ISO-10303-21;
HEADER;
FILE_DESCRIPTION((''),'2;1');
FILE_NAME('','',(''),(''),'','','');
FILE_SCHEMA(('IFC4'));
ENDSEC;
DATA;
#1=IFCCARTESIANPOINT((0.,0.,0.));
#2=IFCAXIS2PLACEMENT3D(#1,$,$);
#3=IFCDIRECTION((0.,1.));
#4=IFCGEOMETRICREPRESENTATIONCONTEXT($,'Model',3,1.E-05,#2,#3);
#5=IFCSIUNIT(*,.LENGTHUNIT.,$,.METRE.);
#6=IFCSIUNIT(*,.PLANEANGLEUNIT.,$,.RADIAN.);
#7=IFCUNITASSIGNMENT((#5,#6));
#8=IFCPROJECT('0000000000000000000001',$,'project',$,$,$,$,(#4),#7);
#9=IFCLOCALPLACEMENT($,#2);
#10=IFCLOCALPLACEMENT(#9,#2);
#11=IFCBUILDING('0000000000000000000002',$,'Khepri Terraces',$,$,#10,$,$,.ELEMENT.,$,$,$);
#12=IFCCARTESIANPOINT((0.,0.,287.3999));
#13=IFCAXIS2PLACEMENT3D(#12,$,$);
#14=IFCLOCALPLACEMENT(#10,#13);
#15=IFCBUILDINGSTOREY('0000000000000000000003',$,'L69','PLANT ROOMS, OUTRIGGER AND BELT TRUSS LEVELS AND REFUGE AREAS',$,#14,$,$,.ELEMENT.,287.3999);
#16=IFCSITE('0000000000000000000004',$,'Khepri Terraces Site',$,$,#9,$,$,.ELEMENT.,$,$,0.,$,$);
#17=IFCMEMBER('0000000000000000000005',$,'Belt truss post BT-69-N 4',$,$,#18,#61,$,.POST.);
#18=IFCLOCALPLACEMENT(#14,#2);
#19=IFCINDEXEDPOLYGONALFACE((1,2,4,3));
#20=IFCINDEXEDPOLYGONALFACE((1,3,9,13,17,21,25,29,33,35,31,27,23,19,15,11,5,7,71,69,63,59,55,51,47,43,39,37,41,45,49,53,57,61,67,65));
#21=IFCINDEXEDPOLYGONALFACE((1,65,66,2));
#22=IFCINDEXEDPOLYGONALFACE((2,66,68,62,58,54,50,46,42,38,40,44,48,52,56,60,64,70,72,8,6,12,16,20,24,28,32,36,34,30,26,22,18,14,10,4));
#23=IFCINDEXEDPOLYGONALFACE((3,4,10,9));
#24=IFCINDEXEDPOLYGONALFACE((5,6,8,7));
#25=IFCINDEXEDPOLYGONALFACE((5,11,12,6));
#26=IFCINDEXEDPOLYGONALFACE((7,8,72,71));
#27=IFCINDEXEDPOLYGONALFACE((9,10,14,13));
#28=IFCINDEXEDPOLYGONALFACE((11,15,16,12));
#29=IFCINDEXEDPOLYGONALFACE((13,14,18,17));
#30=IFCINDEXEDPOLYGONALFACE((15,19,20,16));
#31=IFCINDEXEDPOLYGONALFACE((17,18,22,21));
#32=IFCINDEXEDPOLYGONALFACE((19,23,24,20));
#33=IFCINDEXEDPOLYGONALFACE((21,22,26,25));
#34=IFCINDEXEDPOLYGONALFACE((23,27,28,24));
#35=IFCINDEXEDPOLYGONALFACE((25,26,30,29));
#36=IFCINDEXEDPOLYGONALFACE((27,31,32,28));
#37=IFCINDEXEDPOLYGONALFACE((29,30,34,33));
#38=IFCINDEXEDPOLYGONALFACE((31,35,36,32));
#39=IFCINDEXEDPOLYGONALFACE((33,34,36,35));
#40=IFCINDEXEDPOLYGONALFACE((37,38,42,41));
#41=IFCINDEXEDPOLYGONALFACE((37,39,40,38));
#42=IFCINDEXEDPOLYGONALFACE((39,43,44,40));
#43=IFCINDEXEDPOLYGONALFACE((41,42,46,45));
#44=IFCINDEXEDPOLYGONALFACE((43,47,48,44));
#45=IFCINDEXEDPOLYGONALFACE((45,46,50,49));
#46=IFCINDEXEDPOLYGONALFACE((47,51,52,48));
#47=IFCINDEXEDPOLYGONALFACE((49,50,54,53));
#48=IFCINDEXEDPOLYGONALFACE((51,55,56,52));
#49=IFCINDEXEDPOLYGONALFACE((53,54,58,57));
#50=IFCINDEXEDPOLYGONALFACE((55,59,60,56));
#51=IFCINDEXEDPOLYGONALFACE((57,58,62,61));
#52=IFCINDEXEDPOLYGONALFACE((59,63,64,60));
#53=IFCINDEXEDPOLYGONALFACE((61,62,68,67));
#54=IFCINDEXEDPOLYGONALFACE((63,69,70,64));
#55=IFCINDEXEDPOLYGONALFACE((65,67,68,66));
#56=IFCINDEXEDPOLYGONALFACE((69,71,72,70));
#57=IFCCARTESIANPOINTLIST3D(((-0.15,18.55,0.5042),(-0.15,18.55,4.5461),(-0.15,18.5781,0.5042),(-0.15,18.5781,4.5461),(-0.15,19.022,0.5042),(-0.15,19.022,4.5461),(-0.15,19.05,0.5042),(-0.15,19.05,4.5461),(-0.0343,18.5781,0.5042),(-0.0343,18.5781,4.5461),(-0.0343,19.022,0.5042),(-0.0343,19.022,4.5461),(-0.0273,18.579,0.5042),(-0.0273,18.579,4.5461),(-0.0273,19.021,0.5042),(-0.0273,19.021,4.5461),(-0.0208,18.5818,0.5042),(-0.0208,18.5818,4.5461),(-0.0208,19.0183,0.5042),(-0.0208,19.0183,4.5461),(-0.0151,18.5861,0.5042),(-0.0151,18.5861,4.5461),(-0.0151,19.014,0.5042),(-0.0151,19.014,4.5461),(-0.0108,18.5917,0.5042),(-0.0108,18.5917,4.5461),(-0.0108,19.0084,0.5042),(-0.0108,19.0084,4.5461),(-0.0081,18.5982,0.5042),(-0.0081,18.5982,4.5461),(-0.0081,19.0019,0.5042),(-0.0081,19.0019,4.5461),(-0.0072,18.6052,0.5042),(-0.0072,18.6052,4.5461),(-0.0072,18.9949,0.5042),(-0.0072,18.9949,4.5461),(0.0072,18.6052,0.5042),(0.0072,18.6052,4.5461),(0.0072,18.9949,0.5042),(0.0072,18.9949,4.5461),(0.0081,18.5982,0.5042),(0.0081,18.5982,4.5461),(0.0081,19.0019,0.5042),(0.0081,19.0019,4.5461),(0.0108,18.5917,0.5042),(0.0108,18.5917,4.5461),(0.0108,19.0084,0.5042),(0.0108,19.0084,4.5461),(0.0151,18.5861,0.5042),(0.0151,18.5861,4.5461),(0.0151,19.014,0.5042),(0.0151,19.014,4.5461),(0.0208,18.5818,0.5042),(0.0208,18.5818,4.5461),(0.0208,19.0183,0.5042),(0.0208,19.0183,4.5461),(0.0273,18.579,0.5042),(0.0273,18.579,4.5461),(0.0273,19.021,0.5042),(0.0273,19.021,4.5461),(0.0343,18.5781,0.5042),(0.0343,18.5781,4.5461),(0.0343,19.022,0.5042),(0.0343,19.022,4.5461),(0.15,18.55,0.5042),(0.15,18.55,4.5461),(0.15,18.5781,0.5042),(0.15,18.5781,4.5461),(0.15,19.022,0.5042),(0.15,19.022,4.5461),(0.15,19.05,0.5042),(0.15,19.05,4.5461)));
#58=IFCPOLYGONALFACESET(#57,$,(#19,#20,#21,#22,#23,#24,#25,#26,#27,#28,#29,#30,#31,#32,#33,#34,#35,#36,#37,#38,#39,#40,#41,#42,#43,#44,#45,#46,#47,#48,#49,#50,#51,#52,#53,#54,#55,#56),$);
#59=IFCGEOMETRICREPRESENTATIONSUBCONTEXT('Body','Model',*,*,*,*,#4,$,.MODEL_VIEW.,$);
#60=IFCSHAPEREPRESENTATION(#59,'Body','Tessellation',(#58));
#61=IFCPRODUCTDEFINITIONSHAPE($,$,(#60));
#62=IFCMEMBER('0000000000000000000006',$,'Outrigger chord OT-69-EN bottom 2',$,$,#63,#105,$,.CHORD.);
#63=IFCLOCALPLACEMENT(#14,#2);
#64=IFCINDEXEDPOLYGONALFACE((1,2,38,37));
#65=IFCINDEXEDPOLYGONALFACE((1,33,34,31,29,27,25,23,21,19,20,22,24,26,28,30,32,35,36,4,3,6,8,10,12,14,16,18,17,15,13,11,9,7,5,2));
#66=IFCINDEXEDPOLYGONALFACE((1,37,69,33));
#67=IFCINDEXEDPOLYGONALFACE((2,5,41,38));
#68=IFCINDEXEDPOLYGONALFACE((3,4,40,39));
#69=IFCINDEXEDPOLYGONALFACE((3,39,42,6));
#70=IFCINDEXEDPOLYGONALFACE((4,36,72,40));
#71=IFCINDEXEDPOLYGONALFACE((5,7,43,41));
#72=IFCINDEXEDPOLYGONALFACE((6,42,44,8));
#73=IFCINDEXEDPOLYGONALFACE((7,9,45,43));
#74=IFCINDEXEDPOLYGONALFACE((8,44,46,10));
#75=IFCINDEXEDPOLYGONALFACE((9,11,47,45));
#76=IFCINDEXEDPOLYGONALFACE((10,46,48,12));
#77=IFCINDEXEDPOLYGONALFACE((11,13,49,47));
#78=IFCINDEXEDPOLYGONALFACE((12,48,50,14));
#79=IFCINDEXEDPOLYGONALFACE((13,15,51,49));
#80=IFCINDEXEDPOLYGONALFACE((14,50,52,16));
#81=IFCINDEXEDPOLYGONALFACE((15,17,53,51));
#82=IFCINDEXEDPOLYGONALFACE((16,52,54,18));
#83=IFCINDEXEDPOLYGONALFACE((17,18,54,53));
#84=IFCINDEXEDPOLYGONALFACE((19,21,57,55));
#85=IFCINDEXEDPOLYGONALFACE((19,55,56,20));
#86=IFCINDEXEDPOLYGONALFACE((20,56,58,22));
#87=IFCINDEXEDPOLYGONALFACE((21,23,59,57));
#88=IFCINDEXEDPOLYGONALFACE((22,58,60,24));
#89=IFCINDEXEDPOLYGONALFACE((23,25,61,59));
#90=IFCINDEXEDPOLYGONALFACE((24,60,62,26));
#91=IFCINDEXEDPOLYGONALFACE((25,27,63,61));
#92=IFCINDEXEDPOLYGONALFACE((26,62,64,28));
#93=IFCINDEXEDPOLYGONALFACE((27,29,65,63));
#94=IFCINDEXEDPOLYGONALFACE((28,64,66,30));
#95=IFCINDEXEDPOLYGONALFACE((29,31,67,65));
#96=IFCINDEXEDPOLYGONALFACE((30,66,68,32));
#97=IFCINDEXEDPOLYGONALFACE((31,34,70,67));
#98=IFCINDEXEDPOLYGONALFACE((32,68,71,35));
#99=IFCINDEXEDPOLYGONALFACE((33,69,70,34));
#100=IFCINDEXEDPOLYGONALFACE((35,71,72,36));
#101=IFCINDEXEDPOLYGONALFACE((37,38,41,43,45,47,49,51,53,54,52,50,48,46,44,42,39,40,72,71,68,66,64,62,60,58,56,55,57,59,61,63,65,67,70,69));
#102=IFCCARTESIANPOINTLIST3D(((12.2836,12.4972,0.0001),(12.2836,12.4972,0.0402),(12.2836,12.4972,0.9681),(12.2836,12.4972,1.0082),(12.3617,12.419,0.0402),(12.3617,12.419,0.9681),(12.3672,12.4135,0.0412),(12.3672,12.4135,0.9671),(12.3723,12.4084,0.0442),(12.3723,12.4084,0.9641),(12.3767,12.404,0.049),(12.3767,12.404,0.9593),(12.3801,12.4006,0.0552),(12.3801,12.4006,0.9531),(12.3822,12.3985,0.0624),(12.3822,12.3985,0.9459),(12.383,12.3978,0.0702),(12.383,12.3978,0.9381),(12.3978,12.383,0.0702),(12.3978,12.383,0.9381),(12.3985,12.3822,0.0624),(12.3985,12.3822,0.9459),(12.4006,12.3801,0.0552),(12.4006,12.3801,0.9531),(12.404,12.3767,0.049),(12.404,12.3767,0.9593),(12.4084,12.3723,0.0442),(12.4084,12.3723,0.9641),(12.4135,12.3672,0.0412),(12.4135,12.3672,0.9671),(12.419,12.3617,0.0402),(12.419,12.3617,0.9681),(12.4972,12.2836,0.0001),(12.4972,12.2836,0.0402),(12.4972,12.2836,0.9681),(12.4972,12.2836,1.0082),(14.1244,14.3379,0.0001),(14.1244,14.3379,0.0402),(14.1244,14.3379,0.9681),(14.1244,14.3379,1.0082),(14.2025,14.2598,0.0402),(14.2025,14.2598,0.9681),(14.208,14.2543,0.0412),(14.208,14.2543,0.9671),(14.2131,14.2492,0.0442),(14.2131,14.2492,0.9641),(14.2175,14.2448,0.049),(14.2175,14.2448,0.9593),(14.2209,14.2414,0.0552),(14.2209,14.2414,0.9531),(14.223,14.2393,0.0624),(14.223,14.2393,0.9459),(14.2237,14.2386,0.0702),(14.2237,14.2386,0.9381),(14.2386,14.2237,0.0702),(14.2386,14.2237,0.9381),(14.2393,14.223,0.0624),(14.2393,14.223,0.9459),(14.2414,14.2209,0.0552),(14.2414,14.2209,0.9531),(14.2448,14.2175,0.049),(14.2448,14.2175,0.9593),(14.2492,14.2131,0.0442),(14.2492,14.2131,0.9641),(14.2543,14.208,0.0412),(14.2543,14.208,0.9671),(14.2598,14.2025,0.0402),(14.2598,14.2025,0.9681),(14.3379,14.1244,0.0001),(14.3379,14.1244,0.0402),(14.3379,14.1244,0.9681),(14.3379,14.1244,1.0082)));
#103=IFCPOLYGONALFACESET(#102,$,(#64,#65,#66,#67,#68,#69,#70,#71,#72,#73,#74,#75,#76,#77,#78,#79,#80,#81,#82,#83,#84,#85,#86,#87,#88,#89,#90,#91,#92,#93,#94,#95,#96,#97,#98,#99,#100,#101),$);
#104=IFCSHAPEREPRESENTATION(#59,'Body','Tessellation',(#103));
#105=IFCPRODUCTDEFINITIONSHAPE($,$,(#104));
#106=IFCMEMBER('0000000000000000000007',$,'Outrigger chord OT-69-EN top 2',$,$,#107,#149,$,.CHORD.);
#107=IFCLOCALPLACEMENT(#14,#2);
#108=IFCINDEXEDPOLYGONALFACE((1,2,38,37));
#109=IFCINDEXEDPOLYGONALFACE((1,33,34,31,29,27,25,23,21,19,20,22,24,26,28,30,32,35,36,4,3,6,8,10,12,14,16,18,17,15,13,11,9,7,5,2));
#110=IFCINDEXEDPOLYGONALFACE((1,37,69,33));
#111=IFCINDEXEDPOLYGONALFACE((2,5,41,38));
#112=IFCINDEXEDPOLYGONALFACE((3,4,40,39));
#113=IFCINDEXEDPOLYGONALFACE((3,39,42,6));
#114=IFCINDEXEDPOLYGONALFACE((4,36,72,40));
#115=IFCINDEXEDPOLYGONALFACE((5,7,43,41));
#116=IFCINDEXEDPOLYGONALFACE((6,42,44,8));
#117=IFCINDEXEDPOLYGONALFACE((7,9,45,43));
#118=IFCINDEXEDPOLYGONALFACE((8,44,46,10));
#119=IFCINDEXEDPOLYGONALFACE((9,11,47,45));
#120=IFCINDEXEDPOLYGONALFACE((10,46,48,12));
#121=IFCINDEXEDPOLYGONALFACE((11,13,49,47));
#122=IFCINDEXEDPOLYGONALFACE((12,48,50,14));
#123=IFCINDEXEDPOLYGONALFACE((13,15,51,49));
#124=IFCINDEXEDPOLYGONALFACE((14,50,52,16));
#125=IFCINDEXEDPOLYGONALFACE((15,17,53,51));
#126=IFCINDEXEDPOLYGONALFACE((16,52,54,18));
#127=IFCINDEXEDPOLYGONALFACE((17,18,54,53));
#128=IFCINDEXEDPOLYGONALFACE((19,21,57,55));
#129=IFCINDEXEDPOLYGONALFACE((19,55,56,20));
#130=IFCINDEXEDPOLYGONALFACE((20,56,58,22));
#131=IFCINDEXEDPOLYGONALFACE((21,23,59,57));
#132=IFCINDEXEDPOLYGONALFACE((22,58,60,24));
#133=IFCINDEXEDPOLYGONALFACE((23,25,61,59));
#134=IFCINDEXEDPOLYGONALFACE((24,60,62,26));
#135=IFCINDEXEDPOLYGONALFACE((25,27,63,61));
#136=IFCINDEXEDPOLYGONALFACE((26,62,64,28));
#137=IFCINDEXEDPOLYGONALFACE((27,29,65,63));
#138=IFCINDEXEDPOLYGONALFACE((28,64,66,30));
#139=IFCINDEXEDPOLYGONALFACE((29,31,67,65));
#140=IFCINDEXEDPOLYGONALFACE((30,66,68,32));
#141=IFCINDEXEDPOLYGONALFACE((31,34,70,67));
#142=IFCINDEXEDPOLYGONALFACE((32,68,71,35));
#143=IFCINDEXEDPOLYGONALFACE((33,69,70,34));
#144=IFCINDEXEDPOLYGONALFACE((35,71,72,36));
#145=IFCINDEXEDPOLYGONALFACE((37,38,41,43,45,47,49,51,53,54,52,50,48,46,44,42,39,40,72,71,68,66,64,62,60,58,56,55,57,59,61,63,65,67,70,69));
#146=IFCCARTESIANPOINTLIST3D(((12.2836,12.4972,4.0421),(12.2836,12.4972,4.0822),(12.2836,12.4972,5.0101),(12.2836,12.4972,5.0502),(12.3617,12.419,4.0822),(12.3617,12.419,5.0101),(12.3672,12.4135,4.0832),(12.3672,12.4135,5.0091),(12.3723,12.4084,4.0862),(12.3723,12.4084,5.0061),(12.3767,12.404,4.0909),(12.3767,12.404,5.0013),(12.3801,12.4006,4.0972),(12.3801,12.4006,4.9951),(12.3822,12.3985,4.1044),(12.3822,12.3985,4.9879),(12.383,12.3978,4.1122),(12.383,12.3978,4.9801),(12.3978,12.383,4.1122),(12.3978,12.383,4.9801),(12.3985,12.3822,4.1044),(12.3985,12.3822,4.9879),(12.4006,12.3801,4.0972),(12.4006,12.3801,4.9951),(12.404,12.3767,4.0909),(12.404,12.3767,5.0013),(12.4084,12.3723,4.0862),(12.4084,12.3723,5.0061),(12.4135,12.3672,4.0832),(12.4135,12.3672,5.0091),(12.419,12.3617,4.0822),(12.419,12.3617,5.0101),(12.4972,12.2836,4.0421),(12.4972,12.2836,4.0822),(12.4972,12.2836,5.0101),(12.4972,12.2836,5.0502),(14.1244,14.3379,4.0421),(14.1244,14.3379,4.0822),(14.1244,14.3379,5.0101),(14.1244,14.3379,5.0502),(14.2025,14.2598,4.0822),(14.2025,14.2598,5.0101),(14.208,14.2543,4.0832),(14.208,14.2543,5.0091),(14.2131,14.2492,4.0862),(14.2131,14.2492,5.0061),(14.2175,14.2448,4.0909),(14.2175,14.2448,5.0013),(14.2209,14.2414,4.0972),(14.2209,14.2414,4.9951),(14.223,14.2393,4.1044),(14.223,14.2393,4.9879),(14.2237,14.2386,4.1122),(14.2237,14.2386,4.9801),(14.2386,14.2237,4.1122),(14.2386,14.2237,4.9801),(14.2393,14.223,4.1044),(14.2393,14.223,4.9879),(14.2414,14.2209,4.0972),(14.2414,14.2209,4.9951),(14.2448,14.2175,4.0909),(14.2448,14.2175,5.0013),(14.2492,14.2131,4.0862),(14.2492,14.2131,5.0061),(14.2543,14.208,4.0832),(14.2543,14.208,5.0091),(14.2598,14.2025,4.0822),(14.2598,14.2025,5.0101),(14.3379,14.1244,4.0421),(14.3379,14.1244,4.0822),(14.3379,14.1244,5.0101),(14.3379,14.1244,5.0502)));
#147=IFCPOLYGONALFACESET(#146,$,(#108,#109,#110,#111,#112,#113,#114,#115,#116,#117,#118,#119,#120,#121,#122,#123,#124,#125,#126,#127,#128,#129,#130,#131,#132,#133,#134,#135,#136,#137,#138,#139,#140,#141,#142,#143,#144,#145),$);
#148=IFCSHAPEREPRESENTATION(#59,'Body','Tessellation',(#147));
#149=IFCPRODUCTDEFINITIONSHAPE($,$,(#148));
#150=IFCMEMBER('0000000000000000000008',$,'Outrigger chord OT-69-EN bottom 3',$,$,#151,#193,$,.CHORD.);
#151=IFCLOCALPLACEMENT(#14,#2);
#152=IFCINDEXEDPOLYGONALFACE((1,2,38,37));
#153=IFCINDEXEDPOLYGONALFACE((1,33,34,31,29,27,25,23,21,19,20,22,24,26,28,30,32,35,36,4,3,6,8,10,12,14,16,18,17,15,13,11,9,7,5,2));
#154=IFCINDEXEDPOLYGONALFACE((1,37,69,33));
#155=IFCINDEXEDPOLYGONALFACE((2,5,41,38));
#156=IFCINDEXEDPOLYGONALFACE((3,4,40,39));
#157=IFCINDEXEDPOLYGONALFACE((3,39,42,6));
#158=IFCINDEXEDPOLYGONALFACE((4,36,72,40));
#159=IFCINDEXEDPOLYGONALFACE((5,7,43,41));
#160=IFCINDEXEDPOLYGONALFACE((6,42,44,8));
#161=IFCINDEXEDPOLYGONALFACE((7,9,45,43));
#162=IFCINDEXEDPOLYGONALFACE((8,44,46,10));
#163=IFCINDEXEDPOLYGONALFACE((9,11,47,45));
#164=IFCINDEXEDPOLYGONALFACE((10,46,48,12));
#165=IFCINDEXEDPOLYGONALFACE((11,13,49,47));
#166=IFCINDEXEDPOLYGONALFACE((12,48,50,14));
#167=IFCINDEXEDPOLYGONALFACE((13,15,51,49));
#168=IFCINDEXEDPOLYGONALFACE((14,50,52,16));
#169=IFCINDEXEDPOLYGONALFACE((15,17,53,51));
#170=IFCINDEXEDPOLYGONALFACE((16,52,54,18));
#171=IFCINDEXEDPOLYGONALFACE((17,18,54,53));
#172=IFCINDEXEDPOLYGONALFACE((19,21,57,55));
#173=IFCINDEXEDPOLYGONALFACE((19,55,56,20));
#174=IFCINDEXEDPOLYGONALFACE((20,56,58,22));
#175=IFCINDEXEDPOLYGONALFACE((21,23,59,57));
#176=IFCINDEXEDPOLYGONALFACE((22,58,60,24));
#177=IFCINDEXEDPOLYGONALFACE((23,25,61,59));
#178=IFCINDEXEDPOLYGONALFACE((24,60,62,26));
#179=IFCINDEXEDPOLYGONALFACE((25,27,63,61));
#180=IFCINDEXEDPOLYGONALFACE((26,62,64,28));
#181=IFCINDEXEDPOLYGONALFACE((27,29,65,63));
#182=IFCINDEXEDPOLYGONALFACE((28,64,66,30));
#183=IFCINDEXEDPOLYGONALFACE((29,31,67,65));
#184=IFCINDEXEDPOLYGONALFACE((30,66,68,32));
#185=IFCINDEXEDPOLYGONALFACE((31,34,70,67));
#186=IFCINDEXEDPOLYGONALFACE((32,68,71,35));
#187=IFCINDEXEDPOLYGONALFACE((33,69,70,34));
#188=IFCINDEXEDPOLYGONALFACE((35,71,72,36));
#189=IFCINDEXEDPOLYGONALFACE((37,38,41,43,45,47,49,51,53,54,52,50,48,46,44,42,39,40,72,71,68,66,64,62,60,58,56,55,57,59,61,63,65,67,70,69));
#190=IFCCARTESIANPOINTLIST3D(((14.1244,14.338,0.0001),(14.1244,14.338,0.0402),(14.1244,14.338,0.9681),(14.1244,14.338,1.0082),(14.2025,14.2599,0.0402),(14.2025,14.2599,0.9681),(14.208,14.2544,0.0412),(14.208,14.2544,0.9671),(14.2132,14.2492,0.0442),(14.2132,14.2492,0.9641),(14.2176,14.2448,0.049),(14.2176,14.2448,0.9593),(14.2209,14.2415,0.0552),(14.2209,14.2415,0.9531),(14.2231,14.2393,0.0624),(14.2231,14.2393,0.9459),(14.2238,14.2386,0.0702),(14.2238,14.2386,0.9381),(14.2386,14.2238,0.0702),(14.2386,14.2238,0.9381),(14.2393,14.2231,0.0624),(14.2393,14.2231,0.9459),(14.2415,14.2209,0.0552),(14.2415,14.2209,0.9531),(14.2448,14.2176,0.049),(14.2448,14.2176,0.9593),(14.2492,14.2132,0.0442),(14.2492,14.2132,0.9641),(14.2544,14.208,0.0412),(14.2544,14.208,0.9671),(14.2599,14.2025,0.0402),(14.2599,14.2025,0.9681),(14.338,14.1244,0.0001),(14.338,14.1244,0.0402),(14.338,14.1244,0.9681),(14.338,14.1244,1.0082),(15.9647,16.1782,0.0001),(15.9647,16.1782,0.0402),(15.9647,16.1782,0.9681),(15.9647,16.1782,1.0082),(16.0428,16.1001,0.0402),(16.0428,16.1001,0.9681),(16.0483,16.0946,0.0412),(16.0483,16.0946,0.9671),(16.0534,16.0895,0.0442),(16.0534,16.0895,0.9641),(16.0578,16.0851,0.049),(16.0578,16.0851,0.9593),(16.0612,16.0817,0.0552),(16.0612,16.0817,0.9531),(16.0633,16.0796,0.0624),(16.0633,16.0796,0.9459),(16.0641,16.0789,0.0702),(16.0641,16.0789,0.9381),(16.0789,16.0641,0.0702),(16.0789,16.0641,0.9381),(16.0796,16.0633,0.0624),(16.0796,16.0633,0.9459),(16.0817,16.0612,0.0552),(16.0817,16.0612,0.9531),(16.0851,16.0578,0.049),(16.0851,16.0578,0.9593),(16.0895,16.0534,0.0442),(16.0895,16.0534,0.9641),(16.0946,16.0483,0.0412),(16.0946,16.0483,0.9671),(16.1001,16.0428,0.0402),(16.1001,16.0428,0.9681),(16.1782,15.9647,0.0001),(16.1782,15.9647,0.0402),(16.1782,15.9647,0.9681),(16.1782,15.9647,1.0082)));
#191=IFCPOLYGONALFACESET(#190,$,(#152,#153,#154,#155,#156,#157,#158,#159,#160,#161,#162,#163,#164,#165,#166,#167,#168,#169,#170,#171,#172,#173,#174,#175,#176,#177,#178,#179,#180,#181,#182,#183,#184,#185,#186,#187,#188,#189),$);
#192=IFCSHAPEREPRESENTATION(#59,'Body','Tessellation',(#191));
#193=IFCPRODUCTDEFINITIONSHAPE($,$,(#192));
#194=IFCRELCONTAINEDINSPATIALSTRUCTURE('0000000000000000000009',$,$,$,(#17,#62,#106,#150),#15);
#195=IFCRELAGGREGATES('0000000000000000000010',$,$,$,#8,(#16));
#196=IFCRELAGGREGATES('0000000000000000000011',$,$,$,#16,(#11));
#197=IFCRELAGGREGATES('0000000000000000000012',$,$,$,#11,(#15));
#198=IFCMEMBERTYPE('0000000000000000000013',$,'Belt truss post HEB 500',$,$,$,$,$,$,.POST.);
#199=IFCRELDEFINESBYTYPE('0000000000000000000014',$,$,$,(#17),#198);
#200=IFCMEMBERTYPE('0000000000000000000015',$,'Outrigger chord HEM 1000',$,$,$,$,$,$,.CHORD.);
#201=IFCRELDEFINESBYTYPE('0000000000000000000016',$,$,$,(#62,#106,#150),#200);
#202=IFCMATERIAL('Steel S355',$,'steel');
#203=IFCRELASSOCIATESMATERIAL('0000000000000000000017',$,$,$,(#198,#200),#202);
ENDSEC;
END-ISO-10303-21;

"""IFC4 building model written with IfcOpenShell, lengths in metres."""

from ifc_helpers import new_model, si_unit, direction, frame, origin, origin_2d, place, context, subcontext, project, spatial, i_section, extrude, material, material_profile, profile_set, type_object, element, save


model = new_model("IFC4")

# Units and contexts
model_context = context("Model", 3, precision=1e-05, world=origin(), true_north=direction((0.0, 1.0)))
body_context = subcontext(model_context, "Body", "Model", "MODEL_VIEW")
ifc_project = project(units=[si_unit("LENGTHUNIT", "METRE"), si_unit("PLANEANGLEUNIT", "RADIAN")], contexts=[model_context])

# Site, building, storey
site_placement = place(None, origin())
site = spatial("IfcSite", under=ifc_project, at=site_placement, Name="Khepri Terraces Site", CompositionType="ELEMENT", RefElevation=0.0)
building_placement = place(site_placement, origin())
building = spatial("IfcBuilding", under=site, at=building_placement, Name="Khepri Terraces", CompositionType="ELEMENT")
storey_placement = place(building_placement, frame((0.0, 0.0, 287.3999)))
storey = spatial("IfcBuildingStorey", under=building, at=storey_placement, Name="L69", Description="PLANT ROOMS, OUTRIGGER AND BELT TRUSS LEVELS AND REFUGE AREAS", CompositionType="ELEMENT", Elevation=287.3999)

# Members
ifc_material_1 = material(Name="Steel S355", Category="steel")
ifc_material_profile_1 = material_profile(ifc_material_1, i_section(OverallWidth=0.3, OverallDepth=0.5, WebThickness=0.0144, FlangeThickness=0.0281, FilletRadius=0.0271, at=origin_2d()), Name="Steel S355", Category="steel")
ifc_profile_set_1 = profile_set([ifc_material_profile_1], Name="Steel S355")
member_type_1 = type_object("IfcMemberType", Name="Belt truss post HEB 500", PredefinedType="POST", material=ifc_profile_set_1)
for number, where, z_axis, x_axis, name in (
    (1, (0.0, 18.8, 0.5042), (0.0, 0.0, 1.0), (1.0, 0.0, 0.0), "Belt truss post BT-69-N 4"),
):
    element("IfcMember", number, at=place(storey_placement, frame(where, z_axis=z_axis, x_axis=x_axis)), inside=storey, type_object=member_type_1, Name=name, PredefinedType="POST", context=body_context, shape_type="SweptSolid", body=[
        extrude(i_section(OverallWidth=0.3, OverallDepth=0.5, WebThickness=0.0144, FlangeThickness=0.0281, FilletRadius=0.0271, at=origin_2d()), origin(), (0.0, 0.0, 1.0), 4.042),
    ])
ifc_material_profile_2 = material_profile(ifc_material_1, i_section(OverallWidth=0.302, OverallDepth=1.0081, WebThickness=0.021, FlangeThickness=0.04, FilletRadius=0.03, at=origin_2d()), Name="Steel S355", Category="steel")
ifc_profile_set_2 = profile_set([ifc_material_profile_2], Name="Steel S355")
member_type_2 = type_object("IfcMemberType", Name="Outrigger chord HEM 1000", PredefinedType="CHORD", material=ifc_profile_set_2)
for number, where, z_axis, x_axis, name in (
    (2, (12.3904, 12.3904, 0.5042), (0.707107, 0.707107, 0.0), (-0.707107, 0.707107, 0.0), "Outrigger chord OT-69-EN bottom 2"),
    (3, (12.3904, 12.3904, 4.5461), (0.707107, 0.707107, 0.0), (-0.707107, 0.707107, 0.0), "Outrigger chord OT-69-EN top 2"),
):
    element("IfcMember", number, at=place(storey_placement, frame(where, z_axis=z_axis, x_axis=x_axis)), inside=storey, type_object=member_type_2, Name=name, PredefinedType="CHORD", context=body_context, shape_type="SweptSolid", body=[
        extrude(i_section(OverallWidth=0.302, OverallDepth=1.0081, WebThickness=0.021, FlangeThickness=0.04, FilletRadius=0.03, at=origin_2d()), origin(), (0.0, 0.0, 1.0), 2.6033),
    ])
member_1_placement = place(storey_placement, frame((14.2312, 14.2312, 0.5042), z_axis=(0.707107, 0.707107, 0.0), x_axis=(-0.707107, 0.707107, 0.0)))
element("IfcMember", 4, at=member_1_placement, inside=storey, type_object=member_type_2, Name="Outrigger chord OT-69-EN bottom 3", PredefinedType="CHORD", context=body_context, shape_type="SweptSolid", body=[
    extrude(i_section(OverallWidth=0.302, OverallDepth=1.0081, WebThickness=0.021, FlangeThickness=0.04, FilletRadius=0.03, at=origin_2d()), origin(), (0.0, 0.0, 1.0), 2.6025),
])

save(model, "model.ifc")
